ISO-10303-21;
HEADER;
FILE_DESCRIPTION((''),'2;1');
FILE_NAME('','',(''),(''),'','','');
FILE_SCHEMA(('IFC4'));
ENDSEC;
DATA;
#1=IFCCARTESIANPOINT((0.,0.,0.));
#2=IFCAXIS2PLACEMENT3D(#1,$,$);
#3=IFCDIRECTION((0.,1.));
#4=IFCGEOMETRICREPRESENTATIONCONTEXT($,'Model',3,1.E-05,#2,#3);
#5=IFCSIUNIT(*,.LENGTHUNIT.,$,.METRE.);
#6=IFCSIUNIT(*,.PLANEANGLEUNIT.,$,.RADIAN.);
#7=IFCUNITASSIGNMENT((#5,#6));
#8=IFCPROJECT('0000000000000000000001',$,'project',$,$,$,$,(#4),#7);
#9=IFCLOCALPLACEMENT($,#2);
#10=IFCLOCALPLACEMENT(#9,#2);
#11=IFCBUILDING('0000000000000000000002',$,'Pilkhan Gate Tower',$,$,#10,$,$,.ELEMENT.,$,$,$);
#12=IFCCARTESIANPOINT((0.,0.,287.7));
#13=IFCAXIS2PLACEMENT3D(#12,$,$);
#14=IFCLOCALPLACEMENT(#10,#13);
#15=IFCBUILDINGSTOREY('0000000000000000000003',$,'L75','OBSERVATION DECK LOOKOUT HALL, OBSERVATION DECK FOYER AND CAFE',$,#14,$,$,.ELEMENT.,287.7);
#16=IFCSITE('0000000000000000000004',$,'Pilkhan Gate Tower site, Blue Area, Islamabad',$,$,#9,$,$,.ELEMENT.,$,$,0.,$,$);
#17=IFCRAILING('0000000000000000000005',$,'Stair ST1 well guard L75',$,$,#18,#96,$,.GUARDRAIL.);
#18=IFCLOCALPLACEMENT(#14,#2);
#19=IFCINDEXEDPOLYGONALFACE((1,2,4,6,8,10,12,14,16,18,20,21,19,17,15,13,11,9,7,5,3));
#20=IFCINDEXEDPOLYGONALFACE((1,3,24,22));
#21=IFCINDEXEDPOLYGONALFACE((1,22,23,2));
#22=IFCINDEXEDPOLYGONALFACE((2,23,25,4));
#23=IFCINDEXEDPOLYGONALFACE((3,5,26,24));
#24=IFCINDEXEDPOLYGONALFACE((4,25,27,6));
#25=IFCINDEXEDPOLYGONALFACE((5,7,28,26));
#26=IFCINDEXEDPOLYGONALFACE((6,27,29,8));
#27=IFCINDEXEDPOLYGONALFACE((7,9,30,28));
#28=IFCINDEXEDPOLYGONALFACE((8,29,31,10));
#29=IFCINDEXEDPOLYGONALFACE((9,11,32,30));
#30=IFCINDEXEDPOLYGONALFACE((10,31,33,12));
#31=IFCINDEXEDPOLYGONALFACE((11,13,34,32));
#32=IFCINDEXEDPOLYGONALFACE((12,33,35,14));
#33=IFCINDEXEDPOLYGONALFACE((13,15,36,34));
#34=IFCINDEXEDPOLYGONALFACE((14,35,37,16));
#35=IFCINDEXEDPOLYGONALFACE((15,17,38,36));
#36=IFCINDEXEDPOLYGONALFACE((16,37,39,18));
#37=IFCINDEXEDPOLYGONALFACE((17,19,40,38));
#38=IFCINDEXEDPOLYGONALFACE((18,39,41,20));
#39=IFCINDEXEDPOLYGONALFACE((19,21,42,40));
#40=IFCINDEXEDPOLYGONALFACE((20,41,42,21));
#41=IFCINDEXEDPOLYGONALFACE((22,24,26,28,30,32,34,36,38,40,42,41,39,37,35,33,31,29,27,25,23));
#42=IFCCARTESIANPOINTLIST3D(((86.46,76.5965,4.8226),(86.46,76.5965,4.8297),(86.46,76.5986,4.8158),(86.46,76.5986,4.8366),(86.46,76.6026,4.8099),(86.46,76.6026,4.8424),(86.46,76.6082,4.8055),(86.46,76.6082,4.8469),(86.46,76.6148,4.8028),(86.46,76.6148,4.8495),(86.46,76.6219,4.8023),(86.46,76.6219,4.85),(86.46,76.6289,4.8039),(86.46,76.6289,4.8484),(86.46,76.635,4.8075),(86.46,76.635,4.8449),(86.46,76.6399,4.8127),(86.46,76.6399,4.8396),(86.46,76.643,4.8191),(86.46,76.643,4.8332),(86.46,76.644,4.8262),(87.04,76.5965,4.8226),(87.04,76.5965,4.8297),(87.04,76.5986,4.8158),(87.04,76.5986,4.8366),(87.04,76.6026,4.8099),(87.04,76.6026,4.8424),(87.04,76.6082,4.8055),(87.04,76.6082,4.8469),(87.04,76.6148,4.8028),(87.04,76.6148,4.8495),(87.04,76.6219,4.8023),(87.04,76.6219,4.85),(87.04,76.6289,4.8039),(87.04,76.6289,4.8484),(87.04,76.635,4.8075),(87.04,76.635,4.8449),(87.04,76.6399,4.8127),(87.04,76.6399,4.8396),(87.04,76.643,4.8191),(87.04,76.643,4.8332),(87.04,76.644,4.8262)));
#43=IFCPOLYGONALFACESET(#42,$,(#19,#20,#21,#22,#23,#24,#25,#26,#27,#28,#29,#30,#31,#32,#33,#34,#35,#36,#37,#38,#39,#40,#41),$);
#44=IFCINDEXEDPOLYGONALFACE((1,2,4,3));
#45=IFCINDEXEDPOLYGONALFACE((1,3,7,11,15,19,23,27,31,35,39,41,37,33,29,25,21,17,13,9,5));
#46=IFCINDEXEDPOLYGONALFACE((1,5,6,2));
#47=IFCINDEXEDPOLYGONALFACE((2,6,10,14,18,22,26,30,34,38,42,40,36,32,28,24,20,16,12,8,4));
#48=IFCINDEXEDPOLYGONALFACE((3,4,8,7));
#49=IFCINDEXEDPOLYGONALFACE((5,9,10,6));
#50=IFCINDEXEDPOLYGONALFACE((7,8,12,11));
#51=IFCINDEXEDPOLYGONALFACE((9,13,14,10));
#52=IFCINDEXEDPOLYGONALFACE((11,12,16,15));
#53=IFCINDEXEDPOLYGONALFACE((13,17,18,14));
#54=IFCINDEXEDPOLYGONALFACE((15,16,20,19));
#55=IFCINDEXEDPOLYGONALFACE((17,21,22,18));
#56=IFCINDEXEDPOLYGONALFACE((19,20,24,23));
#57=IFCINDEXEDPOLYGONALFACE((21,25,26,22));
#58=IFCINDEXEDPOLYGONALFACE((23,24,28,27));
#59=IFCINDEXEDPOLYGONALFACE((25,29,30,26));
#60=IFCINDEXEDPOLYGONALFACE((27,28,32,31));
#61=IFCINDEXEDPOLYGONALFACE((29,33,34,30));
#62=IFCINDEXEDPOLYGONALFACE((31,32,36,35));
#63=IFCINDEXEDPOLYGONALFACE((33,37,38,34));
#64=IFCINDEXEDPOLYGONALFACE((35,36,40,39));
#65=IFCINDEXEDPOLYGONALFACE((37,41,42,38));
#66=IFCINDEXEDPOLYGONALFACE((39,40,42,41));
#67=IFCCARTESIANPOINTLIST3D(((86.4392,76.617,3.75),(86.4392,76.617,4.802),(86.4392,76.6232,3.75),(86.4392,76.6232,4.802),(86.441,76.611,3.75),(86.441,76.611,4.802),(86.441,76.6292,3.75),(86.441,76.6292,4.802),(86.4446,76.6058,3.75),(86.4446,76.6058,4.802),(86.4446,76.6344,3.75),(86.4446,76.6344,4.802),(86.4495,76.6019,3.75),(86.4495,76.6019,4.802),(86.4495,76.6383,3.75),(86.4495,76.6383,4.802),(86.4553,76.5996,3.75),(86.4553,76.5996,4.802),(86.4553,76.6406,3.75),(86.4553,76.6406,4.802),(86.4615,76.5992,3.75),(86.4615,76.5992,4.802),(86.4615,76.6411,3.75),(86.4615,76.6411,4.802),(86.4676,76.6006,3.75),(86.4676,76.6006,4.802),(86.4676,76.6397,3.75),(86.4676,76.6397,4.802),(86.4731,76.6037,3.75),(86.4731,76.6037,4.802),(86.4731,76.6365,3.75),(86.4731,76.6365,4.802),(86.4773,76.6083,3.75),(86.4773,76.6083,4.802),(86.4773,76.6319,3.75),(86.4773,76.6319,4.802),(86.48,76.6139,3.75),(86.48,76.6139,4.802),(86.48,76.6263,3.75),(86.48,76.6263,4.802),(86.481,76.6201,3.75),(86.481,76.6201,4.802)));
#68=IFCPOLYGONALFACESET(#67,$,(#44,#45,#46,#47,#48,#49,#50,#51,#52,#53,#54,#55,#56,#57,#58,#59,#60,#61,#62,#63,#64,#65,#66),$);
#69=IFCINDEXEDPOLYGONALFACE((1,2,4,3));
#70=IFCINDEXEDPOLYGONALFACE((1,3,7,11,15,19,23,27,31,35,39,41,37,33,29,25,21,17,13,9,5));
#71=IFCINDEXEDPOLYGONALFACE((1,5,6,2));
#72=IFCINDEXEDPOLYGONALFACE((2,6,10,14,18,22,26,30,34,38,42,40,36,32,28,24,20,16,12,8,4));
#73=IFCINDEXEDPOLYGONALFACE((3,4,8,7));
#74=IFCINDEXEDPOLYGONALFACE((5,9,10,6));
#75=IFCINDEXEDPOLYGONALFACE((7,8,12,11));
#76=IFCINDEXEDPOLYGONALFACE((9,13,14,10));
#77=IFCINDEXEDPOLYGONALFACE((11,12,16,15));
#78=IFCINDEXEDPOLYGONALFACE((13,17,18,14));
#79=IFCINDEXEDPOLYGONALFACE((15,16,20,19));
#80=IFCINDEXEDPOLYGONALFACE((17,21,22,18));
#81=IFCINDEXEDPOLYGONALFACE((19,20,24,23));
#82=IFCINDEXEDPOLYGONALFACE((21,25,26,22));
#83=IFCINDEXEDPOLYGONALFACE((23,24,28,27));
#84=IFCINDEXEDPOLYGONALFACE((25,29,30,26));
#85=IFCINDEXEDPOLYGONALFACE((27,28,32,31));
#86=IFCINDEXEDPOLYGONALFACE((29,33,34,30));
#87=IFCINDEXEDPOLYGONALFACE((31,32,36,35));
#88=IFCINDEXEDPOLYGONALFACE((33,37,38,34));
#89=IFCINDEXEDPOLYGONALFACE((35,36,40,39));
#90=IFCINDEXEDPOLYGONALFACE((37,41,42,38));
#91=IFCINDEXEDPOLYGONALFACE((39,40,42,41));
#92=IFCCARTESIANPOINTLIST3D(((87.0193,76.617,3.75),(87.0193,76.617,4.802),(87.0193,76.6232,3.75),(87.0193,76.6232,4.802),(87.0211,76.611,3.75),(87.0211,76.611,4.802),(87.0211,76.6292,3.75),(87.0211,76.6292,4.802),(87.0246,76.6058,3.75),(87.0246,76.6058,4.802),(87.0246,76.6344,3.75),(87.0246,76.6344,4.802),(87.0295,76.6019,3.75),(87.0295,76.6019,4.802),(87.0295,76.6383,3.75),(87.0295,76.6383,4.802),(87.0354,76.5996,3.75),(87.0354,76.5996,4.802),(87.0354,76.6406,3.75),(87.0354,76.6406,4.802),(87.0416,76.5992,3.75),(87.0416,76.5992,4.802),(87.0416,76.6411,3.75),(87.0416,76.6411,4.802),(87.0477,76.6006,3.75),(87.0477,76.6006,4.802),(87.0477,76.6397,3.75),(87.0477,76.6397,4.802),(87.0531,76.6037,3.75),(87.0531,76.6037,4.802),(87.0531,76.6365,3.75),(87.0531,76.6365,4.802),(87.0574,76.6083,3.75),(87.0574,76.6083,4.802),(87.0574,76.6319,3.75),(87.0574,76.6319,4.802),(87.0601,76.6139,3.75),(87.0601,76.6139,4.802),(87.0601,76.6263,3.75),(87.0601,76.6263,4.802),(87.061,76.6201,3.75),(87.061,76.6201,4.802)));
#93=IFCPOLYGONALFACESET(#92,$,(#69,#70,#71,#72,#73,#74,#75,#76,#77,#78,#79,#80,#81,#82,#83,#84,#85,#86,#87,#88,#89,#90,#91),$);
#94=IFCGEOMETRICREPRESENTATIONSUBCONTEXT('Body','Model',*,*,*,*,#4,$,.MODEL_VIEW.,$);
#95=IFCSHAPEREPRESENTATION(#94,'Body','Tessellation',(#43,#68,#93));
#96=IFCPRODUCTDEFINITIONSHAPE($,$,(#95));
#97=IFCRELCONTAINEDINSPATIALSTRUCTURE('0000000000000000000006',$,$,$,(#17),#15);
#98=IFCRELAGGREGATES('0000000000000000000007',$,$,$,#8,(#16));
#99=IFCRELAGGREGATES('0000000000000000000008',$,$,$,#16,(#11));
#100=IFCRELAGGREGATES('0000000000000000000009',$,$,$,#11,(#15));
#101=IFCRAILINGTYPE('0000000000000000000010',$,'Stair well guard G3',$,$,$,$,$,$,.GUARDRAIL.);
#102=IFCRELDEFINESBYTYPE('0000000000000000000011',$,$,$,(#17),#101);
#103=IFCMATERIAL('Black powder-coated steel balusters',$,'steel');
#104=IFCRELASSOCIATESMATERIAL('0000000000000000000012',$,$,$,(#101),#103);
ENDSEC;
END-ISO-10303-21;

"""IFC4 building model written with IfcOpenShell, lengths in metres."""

from ifc_helpers import new_model, si_unit, direction, frame, origin, origin_2d, place, context, subcontext, project, spatial, circle, extrude, material, type_object, element, save


model = new_model("IFC4")

# Units and contexts
model_context = context("Model", 3, precision=1e-05, world=origin(), true_north=direction((0.0, 1.0)))
body_context = subcontext(model_context, "Body", "Model", "MODEL_VIEW")
ifc_project = project(units=[si_unit("LENGTHUNIT", "METRE"), si_unit("PLANEANGLEUNIT", "RADIAN")], contexts=[model_context])

# Site, building, storey
site_placement = place(None, origin())
site = spatial("IfcSite", under=ifc_project, at=site_placement, Name="Pilkhan Gate Tower site, Blue Area, Islamabad", CompositionType="ELEMENT", RefElevation=0.0)
building_placement = place(site_placement, origin())
building = spatial("IfcBuilding", under=site, at=building_placement, Name="Pilkhan Gate Tower", CompositionType="ELEMENT")
storey_placement = place(building_placement, frame((0.0, 0.0, 287.7)))
storey = spatial("IfcBuildingStorey", under=building, at=storey_placement, Name="L75", Description="OBSERVATION DECK LOOKOUT HALL, OBSERVATION DECK FOYER AND CAFE", CompositionType="ELEMENT", Elevation=287.7)

# Railing
ifc_material_1 = material(Name="Black powder-coated steel balusters", Category="steel")
railing_type_1 = type_object("IfcRailingType", Name="Stair well guard G3", PredefinedType="GUARDRAIL", material=ifc_material_1)
for number, where, name in (
    (1, (86.46, 76.6201, 3.75), "Stair ST1 well guard L75"),
):
    element("IfcRailing", number, at=place(storey_placement, frame(where)), inside=storey, type_object=railing_type_1, Name=name, PredefinedType="GUARDRAIL", context=body_context, shape_type="SweptSolid", body=[
        extrude(circle(Radius=0.0239, at=origin_2d()), frame((0.0, 0.0, 1.0762), z_axis=(1.0, 0.0, 0.0), x_axis=(0.0, 1.0, 0.0)), (0.0, 0.0, 1.0), 0.5801),
        extrude(circle(Radius=0.021, at=origin_2d()), origin(), (0.0, 0.0, 1.0), 1.052),
        extrude(circle(Radius=0.021, at=origin_2d()), frame((0.5801, 0.0, 0.0)), (0.0, 0.0, 1.0), 1.052),
    ])

save(model, "model.ifc")
